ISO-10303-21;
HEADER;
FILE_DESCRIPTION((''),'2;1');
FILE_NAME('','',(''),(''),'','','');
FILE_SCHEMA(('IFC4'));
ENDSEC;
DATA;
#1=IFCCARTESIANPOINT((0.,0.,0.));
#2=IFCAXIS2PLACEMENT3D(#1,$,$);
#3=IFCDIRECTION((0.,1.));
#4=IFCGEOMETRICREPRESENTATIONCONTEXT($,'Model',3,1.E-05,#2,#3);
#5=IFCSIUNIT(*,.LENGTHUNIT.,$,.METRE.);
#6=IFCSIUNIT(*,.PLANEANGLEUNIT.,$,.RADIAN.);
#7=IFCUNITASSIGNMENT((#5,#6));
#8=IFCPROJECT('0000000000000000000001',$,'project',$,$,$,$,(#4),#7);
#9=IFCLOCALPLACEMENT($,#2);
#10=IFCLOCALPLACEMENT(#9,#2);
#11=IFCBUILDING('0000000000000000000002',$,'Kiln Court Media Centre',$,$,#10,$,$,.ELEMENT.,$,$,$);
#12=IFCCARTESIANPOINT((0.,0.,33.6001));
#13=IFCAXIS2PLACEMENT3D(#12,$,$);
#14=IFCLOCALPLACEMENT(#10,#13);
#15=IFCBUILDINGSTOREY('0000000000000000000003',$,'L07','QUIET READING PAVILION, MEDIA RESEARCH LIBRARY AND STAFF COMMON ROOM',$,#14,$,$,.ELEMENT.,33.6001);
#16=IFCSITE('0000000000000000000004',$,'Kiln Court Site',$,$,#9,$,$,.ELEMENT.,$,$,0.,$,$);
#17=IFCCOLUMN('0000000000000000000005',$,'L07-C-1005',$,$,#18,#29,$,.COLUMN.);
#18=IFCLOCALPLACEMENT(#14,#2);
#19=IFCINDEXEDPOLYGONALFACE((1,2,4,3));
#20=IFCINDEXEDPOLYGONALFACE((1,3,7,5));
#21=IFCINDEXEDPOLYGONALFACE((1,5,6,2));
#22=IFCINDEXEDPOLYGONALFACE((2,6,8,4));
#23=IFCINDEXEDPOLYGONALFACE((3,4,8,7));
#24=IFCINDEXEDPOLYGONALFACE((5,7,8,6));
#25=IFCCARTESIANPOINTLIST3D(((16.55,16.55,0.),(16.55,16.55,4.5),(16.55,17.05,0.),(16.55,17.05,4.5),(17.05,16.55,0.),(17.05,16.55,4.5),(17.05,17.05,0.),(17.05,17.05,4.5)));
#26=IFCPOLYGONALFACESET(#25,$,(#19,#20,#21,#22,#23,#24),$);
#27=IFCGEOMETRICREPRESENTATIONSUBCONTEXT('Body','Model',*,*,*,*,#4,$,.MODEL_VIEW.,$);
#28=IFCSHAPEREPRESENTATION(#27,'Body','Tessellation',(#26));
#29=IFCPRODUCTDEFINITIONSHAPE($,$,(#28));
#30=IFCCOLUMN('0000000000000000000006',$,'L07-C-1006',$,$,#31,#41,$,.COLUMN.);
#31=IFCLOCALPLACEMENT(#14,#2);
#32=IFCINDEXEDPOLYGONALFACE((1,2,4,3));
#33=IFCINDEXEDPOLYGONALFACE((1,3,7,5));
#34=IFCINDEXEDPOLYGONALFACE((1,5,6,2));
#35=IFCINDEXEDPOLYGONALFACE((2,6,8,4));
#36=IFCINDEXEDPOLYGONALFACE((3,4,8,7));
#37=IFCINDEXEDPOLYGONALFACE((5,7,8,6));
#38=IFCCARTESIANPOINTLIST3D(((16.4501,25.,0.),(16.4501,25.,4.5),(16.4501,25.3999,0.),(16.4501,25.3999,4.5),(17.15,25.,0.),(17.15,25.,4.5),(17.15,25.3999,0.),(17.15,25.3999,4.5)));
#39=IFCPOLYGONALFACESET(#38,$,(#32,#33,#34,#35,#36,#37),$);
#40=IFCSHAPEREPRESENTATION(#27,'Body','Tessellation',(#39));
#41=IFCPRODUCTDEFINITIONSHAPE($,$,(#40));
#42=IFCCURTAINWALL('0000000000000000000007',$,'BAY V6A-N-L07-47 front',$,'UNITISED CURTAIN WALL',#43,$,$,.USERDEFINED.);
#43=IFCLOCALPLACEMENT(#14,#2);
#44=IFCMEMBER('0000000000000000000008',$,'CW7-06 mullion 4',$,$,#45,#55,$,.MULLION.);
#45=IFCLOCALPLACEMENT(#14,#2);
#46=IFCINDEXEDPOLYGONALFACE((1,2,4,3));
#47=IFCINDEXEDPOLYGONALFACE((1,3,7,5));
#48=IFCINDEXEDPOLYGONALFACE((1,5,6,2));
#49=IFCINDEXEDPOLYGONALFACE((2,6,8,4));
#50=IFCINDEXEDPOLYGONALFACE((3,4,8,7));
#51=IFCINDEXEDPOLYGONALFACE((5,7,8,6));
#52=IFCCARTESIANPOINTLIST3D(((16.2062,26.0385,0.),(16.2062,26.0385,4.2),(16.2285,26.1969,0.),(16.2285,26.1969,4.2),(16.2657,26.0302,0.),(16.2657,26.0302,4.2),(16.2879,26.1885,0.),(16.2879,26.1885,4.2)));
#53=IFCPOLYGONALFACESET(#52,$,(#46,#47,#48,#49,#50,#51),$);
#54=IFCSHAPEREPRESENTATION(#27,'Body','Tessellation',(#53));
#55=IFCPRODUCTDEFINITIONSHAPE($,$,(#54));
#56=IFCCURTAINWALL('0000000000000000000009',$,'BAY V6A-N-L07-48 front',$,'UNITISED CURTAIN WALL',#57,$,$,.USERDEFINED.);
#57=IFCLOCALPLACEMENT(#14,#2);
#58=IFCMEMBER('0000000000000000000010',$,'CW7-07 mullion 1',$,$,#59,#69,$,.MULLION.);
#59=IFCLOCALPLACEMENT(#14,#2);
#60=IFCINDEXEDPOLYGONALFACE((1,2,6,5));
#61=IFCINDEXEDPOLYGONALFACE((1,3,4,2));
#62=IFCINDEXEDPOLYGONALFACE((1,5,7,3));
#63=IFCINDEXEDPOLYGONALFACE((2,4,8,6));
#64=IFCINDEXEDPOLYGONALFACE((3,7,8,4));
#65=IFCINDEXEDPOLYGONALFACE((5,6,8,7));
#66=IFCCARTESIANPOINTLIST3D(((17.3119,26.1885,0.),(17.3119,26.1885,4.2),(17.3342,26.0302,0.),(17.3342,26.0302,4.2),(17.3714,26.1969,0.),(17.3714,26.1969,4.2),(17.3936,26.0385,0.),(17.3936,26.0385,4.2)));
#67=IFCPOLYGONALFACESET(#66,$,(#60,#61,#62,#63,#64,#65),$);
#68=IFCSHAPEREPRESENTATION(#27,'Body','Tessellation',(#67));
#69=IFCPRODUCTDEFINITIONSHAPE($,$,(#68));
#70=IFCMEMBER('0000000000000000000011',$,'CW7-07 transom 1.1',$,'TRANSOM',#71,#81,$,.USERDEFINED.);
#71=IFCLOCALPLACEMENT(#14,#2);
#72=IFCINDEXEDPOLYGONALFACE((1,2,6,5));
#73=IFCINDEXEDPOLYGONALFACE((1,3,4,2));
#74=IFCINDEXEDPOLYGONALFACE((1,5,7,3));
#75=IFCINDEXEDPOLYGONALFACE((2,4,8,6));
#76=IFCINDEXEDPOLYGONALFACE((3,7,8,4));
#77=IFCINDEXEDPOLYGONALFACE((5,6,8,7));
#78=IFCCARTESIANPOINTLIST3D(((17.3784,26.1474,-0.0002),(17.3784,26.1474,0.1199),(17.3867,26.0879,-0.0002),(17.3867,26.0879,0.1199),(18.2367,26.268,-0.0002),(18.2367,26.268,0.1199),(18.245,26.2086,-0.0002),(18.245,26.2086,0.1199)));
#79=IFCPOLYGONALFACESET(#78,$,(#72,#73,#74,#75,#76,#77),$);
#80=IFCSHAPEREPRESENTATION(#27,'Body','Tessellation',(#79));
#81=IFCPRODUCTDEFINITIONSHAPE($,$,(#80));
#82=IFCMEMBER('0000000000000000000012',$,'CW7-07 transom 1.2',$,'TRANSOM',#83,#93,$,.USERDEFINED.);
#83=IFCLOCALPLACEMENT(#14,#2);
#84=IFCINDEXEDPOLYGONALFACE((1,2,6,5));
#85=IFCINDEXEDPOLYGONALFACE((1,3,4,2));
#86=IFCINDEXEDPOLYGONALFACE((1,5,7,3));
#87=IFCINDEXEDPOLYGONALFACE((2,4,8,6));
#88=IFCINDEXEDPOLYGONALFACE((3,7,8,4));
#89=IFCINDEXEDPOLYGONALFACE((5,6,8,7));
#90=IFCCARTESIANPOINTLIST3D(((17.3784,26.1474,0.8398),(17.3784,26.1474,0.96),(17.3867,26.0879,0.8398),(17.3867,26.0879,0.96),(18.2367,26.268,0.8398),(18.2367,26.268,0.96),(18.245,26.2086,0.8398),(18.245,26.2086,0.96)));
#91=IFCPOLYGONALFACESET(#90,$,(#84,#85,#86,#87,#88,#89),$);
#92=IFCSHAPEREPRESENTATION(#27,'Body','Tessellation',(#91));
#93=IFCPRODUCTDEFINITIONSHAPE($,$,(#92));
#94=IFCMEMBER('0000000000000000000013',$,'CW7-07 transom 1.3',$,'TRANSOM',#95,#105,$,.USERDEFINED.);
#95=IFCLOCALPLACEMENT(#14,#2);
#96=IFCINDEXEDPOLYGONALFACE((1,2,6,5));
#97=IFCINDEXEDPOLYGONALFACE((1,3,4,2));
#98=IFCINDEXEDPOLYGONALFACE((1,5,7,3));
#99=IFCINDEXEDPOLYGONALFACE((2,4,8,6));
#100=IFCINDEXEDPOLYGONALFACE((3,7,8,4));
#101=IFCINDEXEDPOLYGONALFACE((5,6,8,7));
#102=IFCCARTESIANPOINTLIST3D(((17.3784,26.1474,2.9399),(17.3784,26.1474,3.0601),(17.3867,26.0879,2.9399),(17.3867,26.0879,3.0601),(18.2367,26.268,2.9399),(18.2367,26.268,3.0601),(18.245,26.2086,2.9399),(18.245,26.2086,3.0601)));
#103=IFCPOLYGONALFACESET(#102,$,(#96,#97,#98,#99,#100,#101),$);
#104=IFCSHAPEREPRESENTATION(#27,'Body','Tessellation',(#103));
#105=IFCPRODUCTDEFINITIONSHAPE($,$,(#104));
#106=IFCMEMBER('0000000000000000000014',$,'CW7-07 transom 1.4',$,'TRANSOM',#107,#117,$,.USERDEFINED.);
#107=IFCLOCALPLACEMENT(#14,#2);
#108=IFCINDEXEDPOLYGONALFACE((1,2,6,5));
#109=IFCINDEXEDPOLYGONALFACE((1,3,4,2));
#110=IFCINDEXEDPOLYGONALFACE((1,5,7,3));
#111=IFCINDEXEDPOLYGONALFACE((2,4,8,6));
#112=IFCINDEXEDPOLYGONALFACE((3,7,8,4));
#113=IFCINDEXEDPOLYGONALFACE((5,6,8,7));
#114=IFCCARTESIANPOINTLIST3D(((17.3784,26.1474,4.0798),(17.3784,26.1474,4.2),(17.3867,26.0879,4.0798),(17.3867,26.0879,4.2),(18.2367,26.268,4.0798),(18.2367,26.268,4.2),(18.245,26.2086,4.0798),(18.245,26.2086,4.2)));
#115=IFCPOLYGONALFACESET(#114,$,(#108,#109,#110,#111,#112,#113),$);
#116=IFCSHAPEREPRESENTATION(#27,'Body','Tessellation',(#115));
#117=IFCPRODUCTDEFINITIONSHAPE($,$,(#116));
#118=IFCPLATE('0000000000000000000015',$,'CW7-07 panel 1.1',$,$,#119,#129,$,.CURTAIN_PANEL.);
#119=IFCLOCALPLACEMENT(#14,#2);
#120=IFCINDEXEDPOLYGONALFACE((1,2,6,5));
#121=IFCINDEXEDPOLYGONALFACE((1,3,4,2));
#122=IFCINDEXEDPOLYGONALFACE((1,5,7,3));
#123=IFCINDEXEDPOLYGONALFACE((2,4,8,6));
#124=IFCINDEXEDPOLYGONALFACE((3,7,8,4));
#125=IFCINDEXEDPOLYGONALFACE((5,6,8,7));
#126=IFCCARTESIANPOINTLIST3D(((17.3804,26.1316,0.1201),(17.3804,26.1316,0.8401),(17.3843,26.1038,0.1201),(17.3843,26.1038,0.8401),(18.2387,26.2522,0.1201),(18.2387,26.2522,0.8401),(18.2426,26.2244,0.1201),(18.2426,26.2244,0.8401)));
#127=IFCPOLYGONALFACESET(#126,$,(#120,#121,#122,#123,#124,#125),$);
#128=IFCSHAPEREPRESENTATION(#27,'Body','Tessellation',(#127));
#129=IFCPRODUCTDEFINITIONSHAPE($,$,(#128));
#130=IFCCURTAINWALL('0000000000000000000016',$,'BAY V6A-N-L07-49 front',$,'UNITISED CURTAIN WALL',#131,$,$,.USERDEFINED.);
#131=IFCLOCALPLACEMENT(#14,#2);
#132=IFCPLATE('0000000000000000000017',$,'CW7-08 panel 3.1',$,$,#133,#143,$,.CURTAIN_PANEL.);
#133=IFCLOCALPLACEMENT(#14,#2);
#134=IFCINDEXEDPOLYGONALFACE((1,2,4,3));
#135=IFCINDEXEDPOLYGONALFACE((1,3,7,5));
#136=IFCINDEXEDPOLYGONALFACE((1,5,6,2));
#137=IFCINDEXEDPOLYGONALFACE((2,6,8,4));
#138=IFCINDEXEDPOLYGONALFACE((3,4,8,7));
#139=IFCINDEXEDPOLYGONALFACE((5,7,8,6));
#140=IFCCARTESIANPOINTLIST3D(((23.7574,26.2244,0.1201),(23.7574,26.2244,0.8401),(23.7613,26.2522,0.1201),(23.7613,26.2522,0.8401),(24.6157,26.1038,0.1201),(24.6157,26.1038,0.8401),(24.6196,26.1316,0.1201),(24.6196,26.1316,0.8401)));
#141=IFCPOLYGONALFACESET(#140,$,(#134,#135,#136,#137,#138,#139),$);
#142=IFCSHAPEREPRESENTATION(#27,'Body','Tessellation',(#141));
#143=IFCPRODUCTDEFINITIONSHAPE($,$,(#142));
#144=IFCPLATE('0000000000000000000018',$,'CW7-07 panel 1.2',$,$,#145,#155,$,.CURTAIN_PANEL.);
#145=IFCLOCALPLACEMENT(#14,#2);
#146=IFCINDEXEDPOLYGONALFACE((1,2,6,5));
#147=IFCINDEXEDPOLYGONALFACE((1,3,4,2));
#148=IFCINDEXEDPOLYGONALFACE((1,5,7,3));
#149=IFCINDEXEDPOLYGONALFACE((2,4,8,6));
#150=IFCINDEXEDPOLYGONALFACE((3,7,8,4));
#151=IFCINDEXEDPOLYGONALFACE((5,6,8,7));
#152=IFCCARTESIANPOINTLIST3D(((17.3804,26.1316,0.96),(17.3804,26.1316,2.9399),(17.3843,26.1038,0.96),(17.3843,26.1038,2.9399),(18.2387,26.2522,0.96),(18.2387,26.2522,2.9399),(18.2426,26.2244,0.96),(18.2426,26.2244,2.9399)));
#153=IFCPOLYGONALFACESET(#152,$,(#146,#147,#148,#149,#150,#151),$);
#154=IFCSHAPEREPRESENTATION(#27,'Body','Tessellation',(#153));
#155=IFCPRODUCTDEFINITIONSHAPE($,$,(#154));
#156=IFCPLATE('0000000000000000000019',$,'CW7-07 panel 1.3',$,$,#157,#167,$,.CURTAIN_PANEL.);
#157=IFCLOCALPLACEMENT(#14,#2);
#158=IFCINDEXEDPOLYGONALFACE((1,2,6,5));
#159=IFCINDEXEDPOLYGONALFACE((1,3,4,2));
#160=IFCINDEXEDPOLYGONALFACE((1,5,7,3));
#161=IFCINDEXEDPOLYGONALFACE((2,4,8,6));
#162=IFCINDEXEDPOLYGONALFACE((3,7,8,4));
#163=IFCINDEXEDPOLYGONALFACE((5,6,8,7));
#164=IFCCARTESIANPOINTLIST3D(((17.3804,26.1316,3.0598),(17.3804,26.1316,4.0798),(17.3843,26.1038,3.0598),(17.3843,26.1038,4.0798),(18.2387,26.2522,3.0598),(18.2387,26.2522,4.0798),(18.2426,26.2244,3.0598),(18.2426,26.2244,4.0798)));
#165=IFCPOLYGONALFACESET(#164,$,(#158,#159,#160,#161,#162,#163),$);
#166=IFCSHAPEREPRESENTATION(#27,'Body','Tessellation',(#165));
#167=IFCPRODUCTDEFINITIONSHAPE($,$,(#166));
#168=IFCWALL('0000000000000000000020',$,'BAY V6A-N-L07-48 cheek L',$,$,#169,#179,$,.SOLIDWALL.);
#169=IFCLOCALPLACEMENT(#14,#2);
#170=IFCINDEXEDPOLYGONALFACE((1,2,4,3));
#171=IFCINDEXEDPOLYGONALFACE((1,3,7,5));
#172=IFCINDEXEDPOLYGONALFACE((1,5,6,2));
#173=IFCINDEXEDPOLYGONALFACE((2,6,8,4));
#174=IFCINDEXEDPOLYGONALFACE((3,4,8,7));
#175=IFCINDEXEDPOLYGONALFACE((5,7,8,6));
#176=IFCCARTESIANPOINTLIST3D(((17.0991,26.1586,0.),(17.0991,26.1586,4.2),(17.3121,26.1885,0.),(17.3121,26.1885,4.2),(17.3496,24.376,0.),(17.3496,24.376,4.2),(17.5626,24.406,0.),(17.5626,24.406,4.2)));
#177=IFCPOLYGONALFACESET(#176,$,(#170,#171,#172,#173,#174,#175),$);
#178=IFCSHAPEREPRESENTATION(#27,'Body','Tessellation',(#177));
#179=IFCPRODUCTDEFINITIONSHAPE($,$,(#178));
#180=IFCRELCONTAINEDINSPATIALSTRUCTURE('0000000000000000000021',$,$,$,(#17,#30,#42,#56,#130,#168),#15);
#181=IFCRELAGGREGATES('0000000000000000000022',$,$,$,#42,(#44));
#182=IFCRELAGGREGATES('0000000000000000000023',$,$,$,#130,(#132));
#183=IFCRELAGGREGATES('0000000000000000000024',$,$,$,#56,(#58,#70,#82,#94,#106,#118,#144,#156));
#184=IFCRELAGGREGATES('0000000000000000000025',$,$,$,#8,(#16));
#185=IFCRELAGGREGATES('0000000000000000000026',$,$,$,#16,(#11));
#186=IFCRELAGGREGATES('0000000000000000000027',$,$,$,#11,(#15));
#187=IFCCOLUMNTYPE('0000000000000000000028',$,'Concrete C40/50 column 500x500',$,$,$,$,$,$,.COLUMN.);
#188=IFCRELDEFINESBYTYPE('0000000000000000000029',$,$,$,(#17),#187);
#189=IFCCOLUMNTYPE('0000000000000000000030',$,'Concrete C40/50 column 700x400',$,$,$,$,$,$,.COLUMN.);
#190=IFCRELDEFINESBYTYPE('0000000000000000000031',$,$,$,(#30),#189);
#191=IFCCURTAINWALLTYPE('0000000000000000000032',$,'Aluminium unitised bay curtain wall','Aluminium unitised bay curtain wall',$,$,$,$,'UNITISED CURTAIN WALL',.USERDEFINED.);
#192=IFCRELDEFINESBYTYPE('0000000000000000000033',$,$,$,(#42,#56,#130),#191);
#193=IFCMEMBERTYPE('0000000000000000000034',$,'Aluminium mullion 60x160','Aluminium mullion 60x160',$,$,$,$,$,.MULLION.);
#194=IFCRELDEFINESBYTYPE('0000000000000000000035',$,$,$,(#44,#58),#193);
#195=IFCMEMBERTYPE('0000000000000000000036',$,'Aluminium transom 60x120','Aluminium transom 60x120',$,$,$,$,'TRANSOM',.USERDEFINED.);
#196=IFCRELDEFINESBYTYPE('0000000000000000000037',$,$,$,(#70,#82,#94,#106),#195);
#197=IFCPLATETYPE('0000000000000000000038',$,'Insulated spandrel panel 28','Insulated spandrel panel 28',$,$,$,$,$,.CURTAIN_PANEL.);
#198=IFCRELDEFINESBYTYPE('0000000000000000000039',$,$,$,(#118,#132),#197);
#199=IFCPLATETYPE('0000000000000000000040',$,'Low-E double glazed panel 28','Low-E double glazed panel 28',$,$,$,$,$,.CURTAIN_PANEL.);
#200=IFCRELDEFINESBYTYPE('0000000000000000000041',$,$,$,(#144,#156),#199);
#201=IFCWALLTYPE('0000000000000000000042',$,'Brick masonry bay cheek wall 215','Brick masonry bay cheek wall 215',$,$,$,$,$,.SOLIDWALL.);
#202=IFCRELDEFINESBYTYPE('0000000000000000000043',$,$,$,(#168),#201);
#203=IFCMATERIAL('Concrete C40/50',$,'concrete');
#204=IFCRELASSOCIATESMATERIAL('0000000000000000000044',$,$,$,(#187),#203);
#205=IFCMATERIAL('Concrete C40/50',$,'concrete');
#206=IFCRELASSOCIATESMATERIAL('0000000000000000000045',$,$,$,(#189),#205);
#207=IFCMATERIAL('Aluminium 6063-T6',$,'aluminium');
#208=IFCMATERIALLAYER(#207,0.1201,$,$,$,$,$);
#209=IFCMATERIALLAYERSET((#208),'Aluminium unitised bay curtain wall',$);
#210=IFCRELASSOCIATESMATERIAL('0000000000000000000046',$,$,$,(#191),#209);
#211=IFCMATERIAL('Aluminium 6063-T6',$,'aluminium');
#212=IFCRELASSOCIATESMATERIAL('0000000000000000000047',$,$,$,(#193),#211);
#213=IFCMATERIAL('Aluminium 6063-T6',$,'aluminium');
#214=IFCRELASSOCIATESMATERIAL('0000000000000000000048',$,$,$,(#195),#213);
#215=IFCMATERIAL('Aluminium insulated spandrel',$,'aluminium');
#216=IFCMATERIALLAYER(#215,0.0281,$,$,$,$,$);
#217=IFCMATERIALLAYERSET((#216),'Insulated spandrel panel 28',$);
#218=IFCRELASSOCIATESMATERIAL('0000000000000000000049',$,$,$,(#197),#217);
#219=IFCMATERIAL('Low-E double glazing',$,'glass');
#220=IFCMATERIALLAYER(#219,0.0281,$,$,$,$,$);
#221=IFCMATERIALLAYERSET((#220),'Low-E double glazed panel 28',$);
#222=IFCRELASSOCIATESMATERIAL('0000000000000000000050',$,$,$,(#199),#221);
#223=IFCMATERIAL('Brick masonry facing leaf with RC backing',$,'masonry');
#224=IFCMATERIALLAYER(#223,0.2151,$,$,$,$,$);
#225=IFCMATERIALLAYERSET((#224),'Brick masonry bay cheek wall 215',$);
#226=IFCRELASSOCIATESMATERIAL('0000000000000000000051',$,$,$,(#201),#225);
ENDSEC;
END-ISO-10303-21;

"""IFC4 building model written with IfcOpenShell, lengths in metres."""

from ifc_helpers import new_model, si_unit, direction, frame, frame_2d, origin, origin_2d, place, context, subcontext, project, spatial, rectangle, extrude, material, layer, layer_set, material_profile, profile_set, type_object, element, aggregate, save


model = new_model("IFC4")

# Units and contexts
model_context = context("Model", 3, precision=1e-05, world=origin(), true_north=direction((0.0, 1.0)))
body_context = subcontext(model_context, "Body", "Model", "MODEL_VIEW")
ifc_project = project(units=[si_unit("LENGTHUNIT", "METRE"), si_unit("PLANEANGLEUNIT", "RADIAN")], contexts=[model_context])

# Site, building, storey
site_placement = place(None, origin())
site = spatial("IfcSite", under=ifc_project, at=site_placement, Name="Kiln Court Site", CompositionType="ELEMENT", RefElevation=0.0)
building_placement = place(site_placement, origin())
building = spatial("IfcBuilding", under=site, at=building_placement, Name="Kiln Court Media Centre", CompositionType="ELEMENT")
storey_placement = place(building_placement, frame((0.0, 0.0, 33.6001)))
storey = spatial("IfcBuildingStorey", under=building, at=storey_placement, Name="L07", Description="QUIET READING PAVILION, MEDIA RESEARCH LIBRARY AND STAFF COMMON ROOM", CompositionType="ELEMENT", Elevation=33.6001)

# Columns
ifc_material_1 = material(Name="Concrete C40/50", Category="concrete")
ifc_material_profile_1 = material_profile(ifc_material_1, rectangle(XDim=0.5, YDim=0.5, at=origin_2d()), Name="RC 500x500")
ifc_profile_set_1 = profile_set([ifc_material_profile_1], Name="Concrete C40/50")
column_type_1 = type_object("IfcColumnType", Name="Concrete C40/50 column 500x500", PredefinedType="COLUMN", material=ifc_profile_set_1)
column_1_placement = place(storey_placement, frame((16.8, 16.8, 0.0), z_axis=(0.0, 0.0, 1.0), x_axis=(1.0, 0.0, 0.0)))
element("IfcColumn", 1, at=column_1_placement, inside=storey, type_object=column_type_1, Name="L07-C-1005", PredefinedType="COLUMN", context=body_context, shape_type="SweptSolid", body=[
    extrude(rectangle(XDim=0.5, YDim=0.5, at=origin_2d()), origin(), (0.0, 0.0, 1.0), 4.5),
])
ifc_material_2 = material(Name="Concrete C40/50", Category="concrete")
ifc_material_profile_2 = material_profile(ifc_material_2, rectangle(XDim=0.7, YDim=0.3999, at=origin_2d()), Name="RC 700x400")
ifc_profile_set_2 = profile_set([ifc_material_profile_2], Name="Concrete C40/50")
column_type_2 = type_object("IfcColumnType", Name="Concrete C40/50 column 700x400", PredefinedType="COLUMN", material=ifc_profile_set_2)
column_2_placement = place(storey_placement, frame((16.8, 25.2, 0.0), z_axis=(0.0, 0.0, 1.0), x_axis=(1.0, 0.0, 0.0)))
element("IfcColumn", 2, at=column_2_placement, inside=storey, type_object=column_type_2, Name="L07-C-1006", PredefinedType="COLUMN", context=body_context, shape_type="SweptSolid", body=[
    extrude(rectangle(XDim=0.7, YDim=0.3999, at=origin_2d()), origin(), (0.0, 0.0, 1.0), 4.5),
])

# Curtain wall, member
ifc_material_3 = material(Name="Aluminium 6063-T6", Category="aluminium")
ifc_layer_1 = layer(ifc_material_3, 0.1201)
ifc_layer_set_1 = layer_set([ifc_layer_1], Name="Aluminium unitised bay curtain wall")
curtain_wall_type = type_object("IfcCurtainWallType", Name="Aluminium unitised bay curtain wall", Description="Aluminium unitised bay curtain wall", ElementType="UNITISED CURTAIN WALL", PredefinedType="USERDEFINED", material=ifc_layer_set_1)
curtain_wall_1_placement = place(storey_placement, origin())
curtain_wall_1 = element("IfcCurtainWall", 3, at=curtain_wall_1_placement, inside=storey, type_object=curtain_wall_type, Name="BAY V6A-N-L07-47 front", ObjectType="UNITISED CURTAIN WALL", PredefinedType="USERDEFINED")
ifc_material_4 = material(Name="Aluminium 6063-T6", Category="aluminium")
ifc_material_profile_3 = material_profile(ifc_material_4, rectangle(XDim=0.0601, YDim=0.1599, at=origin_2d()), Name="Aluminium mullion 60x160")
ifc_profile_set_3 = profile_set([ifc_material_profile_3], Name="Aluminium 6063-T6")
member_type_1 = type_object("IfcMemberType", Name="Aluminium mullion 60x160", Description="Aluminium mullion 60x160", PredefinedType="MULLION", material=ifc_profile_set_3)
member_1_placement = place(storey_placement, frame((16.2471, 26.1135, 0.0), z_axis=(0.0, 0.0, 1.0), x_axis=(0.99027, -0.139162, 0.0)))
member_1 = element("IfcMember", 4, at=member_1_placement, type_object=member_type_1, Name="CW7-06 mullion 4", PredefinedType="MULLION", context=body_context, shape_type="SweptSolid", body=[
    extrude(rectangle(XDim=0.0601, YDim=0.1599, at=origin_2d()), origin(), (0.0, 0.0, 1.0), 4.2),
])
aggregate(curtain_wall_1, [member_1])

# Curtain wall, members, plate
curtain_wall_2_placement = place(storey_placement, origin())
curtain_wall_2 = element("IfcCurtainWall", 5, at=curtain_wall_2_placement, inside=storey, type_object=curtain_wall_type, Name="BAY V6A-N-L07-48 front", ObjectType="UNITISED CURTAIN WALL", PredefinedType="USERDEFINED")
member_2_placement = place(storey_placement, frame((17.3528, 26.1135, 0.0), z_axis=(0.0, 0.0, 1.0), x_axis=(0.99027, 0.139162, 0.0)))
member_2 = element("IfcMember", 6, at=member_2_placement, type_object=member_type_1, Name="CW7-07 mullion 1", PredefinedType="MULLION", context=body_context, shape_type="SweptSolid", body=[
    extrude(rectangle(XDim=0.0601, YDim=0.1599, at=origin_2d()), origin(), (0.0, 0.0, 1.0), 4.2),
])
ifc_material_5 = material(Name="Aluminium 6063-T6", Category="aluminium")
ifc_material_profile_4 = material_profile(ifc_material_5, rectangle(XDim=0.0601, YDim=0.1201, at=origin_2d()), Name="Aluminium transom 60x120")
ifc_profile_set_4 = profile_set([ifc_material_profile_4], Name="Aluminium 6063-T6")
member_type_2 = type_object("IfcMemberType", Name="Aluminium transom 60x120", Description="Aluminium transom 60x120", ElementType="TRANSOM", PredefinedType="USERDEFINED", material=ifc_profile_set_4)
member_3_placement = place(storey_placement, frame((17.3826, 26.1177, 0.0598), z_axis=(0.990268, 0.139173, 0.0), x_axis=(-0.139173, 0.990268, 0.0)))
member_3 = element("IfcMember", 7, at=member_3_placement, type_object=member_type_2, Name="CW7-07 transom 1.1", ObjectType="TRANSOM", PredefinedType="USERDEFINED", context=body_context, shape_type="SweptSolid", body=[
    extrude(rectangle(XDim=0.0601, YDim=0.1201, at=origin_2d()), origin(), (0.0, 0.0, 1.0), 0.8667),
])
member_4_placement = place(storey_placement, frame((17.3826, 26.1177, 0.8999), z_axis=(0.990268, 0.139173, 0.0), x_axis=(-0.139173, 0.990268, 0.0)))
member_4 = element("IfcMember", 8, at=member_4_placement, type_object=member_type_2, Name="CW7-07 transom 1.2", ObjectType="TRANSOM", PredefinedType="USERDEFINED", context=body_context, shape_type="SweptSolid", body=[
    extrude(rectangle(XDim=0.0601, YDim=0.1201, at=origin_2d()), origin(), (0.0, 0.0, 1.0), 0.8667),
])
member_5_placement = place(storey_placement, frame((17.3826, 26.1177, 3.0), z_axis=(0.990268, 0.139173, 0.0), x_axis=(-0.139173, 0.990268, 0.0)))
member_5 = element("IfcMember", 9, at=member_5_placement, type_object=member_type_2, Name="CW7-07 transom 1.3", ObjectType="TRANSOM", PredefinedType="USERDEFINED", context=body_context, shape_type="SweptSolid", body=[
    extrude(rectangle(XDim=0.0601, YDim=0.1201, at=origin_2d()), origin(), (0.0, 0.0, 1.0), 0.8667),
])
member_6_placement = place(storey_placement, frame((17.3826, 26.1177, 4.1399), z_axis=(0.990268, 0.139173, 0.0), x_axis=(-0.139173, 0.990268, 0.0)))
member_6 = element("IfcMember", 10, at=member_6_placement, type_object=member_type_2, Name="CW7-07 transom 1.4", ObjectType="TRANSOM", PredefinedType="USERDEFINED", context=body_context, shape_type="SweptSolid", body=[
    extrude(rectangle(XDim=0.0601, YDim=0.1201, at=origin_2d()), origin(), (0.0, 0.0, 1.0), 0.8667),
])
ifc_material_6 = material(Name="Aluminium insulated spandrel", Category="aluminium")
ifc_layer_2 = layer(ifc_material_6, 0.0281)
ifc_layer_set_2 = layer_set([ifc_layer_2], Name="Insulated spandrel panel 28")
plate_type_1 = type_object("IfcPlateType", Name="Insulated spandrel panel 28", Description="Insulated spandrel panel 28", PredefinedType="CURTAIN_PANEL", material=ifc_layer_set_2)
plate_1_placement = place(storey_placement, frame((17.8115, 26.178, 0.1201), z_axis=(0.0, 0.0, 1.0), x_axis=(0.99027, 0.139162, 0.0)))
plate_1 = element("IfcPlate", 11, at=plate_1_placement, type_object=plate_type_1, Name="CW7-07 panel 1.1", PredefinedType="CURTAIN_PANEL", context=body_context, shape_type="SweptSolid", body=[
    extrude(rectangle(XDim=0.8667, YDim=0.0281, at=origin_2d()), origin(), (0.0, 0.0, 1.0), 0.72),
])

# Curtain wall, plate
curtain_wall_3_placement = place(storey_placement, origin())
curtain_wall_3 = element("IfcCurtainWall", 12, at=curtain_wall_3_placement, inside=storey, type_object=curtain_wall_type, Name="BAY V6A-N-L07-49 front", ObjectType="UNITISED CURTAIN WALL", PredefinedType="USERDEFINED")
plate_2_placement = place(storey_placement, frame((24.1885, 26.178, 0.1201), z_axis=(0.0, 0.0, 1.0), x_axis=(0.99027, -0.139162, 0.0)))
plate_2 = element("IfcPlate", 13, at=plate_2_placement, type_object=plate_type_1, Name="CW7-08 panel 3.1", PredefinedType="CURTAIN_PANEL", context=body_context, shape_type="SweptSolid", body=[
    extrude(rectangle(XDim=0.8667, YDim=0.0281, at=origin_2d()), origin(), (0.0, 0.0, 1.0), 0.72),
])
aggregate(curtain_wall_3, [plate_2])

# Plates
ifc_material_7 = material(Name="Low-E double glazing", Category="glass")
ifc_layer_3 = layer(ifc_material_7, 0.0281)
ifc_layer_set_3 = layer_set([ifc_layer_3], Name="Low-E double glazed panel 28")
plate_type_2 = type_object("IfcPlateType", Name="Low-E double glazed panel 28", Description="Low-E double glazed panel 28", PredefinedType="CURTAIN_PANEL", material=ifc_layer_set_3)
plate_3_placement = place(storey_placement, frame((17.8115, 26.178, 0.96), z_axis=(0.0, 0.0, 1.0), x_axis=(0.99027, 0.139162, 0.0)))
plate_3 = element("IfcPlate", 14, at=plate_3_placement, type_object=plate_type_2, Name="CW7-07 panel 1.2", PredefinedType="CURTAIN_PANEL", context=body_context, shape_type="SweptSolid", body=[
    extrude(rectangle(XDim=0.8667, YDim=0.0281, at=origin_2d()), origin(), (0.0, 0.0, 1.0), 1.98),
])
plate_4_placement = place(storey_placement, frame((17.8115, 26.178, 3.0598), z_axis=(0.0, 0.0, 1.0), x_axis=(0.99027, 0.139162, 0.0)))
plate_4 = element("IfcPlate", 15, at=plate_4_placement, type_object=plate_type_2, Name="CW7-07 panel 1.3", PredefinedType="CURTAIN_PANEL", context=body_context, shape_type="SweptSolid", body=[
    extrude(rectangle(XDim=0.8667, YDim=0.0281, at=origin_2d()), origin(), (0.0, 0.0, 1.0), 1.02),
])
aggregate(curtain_wall_2, [member_2, member_3, member_4, member_5, member_6, plate_1, plate_3, plate_4])

# Wall
ifc_material_8 = material(Name="Brick masonry facing leaf with RC backing", Category="masonry")
ifc_layer_4 = layer(ifc_material_8, 0.2151)
ifc_layer_set_4 = layer_set([ifc_layer_4], Name="Brick masonry bay cheek wall 215")
wall_type_1 = type_object("IfcWallType", Name="Brick masonry bay cheek wall 215", Description="Brick masonry bay cheek wall 215", PredefinedType="SOLIDWALL", material=ifc_layer_set_4)
wall_1_placement = place(storey_placement, frame((17.4561, 24.3911, 0.0), z_axis=(0.0, 0.0, 1.0), x_axis=(-0.139161, 0.99027, 0.0)))
element("IfcWall", 16, at=wall_1_placement, inside=storey, type_object=wall_type_1, Name="BAY V6A-N-L07-48 cheek L", PredefinedType="SOLIDWALL", context=body_context, shape_type="SweptSolid", body=[
    extrude(rectangle(XDim=1.8, YDim=0.2151, at=frame_2d((0.8999, 0.0))), origin(), (0.0, 0.0, 1.0), 4.2),
])

save(model, "model.ifc")
